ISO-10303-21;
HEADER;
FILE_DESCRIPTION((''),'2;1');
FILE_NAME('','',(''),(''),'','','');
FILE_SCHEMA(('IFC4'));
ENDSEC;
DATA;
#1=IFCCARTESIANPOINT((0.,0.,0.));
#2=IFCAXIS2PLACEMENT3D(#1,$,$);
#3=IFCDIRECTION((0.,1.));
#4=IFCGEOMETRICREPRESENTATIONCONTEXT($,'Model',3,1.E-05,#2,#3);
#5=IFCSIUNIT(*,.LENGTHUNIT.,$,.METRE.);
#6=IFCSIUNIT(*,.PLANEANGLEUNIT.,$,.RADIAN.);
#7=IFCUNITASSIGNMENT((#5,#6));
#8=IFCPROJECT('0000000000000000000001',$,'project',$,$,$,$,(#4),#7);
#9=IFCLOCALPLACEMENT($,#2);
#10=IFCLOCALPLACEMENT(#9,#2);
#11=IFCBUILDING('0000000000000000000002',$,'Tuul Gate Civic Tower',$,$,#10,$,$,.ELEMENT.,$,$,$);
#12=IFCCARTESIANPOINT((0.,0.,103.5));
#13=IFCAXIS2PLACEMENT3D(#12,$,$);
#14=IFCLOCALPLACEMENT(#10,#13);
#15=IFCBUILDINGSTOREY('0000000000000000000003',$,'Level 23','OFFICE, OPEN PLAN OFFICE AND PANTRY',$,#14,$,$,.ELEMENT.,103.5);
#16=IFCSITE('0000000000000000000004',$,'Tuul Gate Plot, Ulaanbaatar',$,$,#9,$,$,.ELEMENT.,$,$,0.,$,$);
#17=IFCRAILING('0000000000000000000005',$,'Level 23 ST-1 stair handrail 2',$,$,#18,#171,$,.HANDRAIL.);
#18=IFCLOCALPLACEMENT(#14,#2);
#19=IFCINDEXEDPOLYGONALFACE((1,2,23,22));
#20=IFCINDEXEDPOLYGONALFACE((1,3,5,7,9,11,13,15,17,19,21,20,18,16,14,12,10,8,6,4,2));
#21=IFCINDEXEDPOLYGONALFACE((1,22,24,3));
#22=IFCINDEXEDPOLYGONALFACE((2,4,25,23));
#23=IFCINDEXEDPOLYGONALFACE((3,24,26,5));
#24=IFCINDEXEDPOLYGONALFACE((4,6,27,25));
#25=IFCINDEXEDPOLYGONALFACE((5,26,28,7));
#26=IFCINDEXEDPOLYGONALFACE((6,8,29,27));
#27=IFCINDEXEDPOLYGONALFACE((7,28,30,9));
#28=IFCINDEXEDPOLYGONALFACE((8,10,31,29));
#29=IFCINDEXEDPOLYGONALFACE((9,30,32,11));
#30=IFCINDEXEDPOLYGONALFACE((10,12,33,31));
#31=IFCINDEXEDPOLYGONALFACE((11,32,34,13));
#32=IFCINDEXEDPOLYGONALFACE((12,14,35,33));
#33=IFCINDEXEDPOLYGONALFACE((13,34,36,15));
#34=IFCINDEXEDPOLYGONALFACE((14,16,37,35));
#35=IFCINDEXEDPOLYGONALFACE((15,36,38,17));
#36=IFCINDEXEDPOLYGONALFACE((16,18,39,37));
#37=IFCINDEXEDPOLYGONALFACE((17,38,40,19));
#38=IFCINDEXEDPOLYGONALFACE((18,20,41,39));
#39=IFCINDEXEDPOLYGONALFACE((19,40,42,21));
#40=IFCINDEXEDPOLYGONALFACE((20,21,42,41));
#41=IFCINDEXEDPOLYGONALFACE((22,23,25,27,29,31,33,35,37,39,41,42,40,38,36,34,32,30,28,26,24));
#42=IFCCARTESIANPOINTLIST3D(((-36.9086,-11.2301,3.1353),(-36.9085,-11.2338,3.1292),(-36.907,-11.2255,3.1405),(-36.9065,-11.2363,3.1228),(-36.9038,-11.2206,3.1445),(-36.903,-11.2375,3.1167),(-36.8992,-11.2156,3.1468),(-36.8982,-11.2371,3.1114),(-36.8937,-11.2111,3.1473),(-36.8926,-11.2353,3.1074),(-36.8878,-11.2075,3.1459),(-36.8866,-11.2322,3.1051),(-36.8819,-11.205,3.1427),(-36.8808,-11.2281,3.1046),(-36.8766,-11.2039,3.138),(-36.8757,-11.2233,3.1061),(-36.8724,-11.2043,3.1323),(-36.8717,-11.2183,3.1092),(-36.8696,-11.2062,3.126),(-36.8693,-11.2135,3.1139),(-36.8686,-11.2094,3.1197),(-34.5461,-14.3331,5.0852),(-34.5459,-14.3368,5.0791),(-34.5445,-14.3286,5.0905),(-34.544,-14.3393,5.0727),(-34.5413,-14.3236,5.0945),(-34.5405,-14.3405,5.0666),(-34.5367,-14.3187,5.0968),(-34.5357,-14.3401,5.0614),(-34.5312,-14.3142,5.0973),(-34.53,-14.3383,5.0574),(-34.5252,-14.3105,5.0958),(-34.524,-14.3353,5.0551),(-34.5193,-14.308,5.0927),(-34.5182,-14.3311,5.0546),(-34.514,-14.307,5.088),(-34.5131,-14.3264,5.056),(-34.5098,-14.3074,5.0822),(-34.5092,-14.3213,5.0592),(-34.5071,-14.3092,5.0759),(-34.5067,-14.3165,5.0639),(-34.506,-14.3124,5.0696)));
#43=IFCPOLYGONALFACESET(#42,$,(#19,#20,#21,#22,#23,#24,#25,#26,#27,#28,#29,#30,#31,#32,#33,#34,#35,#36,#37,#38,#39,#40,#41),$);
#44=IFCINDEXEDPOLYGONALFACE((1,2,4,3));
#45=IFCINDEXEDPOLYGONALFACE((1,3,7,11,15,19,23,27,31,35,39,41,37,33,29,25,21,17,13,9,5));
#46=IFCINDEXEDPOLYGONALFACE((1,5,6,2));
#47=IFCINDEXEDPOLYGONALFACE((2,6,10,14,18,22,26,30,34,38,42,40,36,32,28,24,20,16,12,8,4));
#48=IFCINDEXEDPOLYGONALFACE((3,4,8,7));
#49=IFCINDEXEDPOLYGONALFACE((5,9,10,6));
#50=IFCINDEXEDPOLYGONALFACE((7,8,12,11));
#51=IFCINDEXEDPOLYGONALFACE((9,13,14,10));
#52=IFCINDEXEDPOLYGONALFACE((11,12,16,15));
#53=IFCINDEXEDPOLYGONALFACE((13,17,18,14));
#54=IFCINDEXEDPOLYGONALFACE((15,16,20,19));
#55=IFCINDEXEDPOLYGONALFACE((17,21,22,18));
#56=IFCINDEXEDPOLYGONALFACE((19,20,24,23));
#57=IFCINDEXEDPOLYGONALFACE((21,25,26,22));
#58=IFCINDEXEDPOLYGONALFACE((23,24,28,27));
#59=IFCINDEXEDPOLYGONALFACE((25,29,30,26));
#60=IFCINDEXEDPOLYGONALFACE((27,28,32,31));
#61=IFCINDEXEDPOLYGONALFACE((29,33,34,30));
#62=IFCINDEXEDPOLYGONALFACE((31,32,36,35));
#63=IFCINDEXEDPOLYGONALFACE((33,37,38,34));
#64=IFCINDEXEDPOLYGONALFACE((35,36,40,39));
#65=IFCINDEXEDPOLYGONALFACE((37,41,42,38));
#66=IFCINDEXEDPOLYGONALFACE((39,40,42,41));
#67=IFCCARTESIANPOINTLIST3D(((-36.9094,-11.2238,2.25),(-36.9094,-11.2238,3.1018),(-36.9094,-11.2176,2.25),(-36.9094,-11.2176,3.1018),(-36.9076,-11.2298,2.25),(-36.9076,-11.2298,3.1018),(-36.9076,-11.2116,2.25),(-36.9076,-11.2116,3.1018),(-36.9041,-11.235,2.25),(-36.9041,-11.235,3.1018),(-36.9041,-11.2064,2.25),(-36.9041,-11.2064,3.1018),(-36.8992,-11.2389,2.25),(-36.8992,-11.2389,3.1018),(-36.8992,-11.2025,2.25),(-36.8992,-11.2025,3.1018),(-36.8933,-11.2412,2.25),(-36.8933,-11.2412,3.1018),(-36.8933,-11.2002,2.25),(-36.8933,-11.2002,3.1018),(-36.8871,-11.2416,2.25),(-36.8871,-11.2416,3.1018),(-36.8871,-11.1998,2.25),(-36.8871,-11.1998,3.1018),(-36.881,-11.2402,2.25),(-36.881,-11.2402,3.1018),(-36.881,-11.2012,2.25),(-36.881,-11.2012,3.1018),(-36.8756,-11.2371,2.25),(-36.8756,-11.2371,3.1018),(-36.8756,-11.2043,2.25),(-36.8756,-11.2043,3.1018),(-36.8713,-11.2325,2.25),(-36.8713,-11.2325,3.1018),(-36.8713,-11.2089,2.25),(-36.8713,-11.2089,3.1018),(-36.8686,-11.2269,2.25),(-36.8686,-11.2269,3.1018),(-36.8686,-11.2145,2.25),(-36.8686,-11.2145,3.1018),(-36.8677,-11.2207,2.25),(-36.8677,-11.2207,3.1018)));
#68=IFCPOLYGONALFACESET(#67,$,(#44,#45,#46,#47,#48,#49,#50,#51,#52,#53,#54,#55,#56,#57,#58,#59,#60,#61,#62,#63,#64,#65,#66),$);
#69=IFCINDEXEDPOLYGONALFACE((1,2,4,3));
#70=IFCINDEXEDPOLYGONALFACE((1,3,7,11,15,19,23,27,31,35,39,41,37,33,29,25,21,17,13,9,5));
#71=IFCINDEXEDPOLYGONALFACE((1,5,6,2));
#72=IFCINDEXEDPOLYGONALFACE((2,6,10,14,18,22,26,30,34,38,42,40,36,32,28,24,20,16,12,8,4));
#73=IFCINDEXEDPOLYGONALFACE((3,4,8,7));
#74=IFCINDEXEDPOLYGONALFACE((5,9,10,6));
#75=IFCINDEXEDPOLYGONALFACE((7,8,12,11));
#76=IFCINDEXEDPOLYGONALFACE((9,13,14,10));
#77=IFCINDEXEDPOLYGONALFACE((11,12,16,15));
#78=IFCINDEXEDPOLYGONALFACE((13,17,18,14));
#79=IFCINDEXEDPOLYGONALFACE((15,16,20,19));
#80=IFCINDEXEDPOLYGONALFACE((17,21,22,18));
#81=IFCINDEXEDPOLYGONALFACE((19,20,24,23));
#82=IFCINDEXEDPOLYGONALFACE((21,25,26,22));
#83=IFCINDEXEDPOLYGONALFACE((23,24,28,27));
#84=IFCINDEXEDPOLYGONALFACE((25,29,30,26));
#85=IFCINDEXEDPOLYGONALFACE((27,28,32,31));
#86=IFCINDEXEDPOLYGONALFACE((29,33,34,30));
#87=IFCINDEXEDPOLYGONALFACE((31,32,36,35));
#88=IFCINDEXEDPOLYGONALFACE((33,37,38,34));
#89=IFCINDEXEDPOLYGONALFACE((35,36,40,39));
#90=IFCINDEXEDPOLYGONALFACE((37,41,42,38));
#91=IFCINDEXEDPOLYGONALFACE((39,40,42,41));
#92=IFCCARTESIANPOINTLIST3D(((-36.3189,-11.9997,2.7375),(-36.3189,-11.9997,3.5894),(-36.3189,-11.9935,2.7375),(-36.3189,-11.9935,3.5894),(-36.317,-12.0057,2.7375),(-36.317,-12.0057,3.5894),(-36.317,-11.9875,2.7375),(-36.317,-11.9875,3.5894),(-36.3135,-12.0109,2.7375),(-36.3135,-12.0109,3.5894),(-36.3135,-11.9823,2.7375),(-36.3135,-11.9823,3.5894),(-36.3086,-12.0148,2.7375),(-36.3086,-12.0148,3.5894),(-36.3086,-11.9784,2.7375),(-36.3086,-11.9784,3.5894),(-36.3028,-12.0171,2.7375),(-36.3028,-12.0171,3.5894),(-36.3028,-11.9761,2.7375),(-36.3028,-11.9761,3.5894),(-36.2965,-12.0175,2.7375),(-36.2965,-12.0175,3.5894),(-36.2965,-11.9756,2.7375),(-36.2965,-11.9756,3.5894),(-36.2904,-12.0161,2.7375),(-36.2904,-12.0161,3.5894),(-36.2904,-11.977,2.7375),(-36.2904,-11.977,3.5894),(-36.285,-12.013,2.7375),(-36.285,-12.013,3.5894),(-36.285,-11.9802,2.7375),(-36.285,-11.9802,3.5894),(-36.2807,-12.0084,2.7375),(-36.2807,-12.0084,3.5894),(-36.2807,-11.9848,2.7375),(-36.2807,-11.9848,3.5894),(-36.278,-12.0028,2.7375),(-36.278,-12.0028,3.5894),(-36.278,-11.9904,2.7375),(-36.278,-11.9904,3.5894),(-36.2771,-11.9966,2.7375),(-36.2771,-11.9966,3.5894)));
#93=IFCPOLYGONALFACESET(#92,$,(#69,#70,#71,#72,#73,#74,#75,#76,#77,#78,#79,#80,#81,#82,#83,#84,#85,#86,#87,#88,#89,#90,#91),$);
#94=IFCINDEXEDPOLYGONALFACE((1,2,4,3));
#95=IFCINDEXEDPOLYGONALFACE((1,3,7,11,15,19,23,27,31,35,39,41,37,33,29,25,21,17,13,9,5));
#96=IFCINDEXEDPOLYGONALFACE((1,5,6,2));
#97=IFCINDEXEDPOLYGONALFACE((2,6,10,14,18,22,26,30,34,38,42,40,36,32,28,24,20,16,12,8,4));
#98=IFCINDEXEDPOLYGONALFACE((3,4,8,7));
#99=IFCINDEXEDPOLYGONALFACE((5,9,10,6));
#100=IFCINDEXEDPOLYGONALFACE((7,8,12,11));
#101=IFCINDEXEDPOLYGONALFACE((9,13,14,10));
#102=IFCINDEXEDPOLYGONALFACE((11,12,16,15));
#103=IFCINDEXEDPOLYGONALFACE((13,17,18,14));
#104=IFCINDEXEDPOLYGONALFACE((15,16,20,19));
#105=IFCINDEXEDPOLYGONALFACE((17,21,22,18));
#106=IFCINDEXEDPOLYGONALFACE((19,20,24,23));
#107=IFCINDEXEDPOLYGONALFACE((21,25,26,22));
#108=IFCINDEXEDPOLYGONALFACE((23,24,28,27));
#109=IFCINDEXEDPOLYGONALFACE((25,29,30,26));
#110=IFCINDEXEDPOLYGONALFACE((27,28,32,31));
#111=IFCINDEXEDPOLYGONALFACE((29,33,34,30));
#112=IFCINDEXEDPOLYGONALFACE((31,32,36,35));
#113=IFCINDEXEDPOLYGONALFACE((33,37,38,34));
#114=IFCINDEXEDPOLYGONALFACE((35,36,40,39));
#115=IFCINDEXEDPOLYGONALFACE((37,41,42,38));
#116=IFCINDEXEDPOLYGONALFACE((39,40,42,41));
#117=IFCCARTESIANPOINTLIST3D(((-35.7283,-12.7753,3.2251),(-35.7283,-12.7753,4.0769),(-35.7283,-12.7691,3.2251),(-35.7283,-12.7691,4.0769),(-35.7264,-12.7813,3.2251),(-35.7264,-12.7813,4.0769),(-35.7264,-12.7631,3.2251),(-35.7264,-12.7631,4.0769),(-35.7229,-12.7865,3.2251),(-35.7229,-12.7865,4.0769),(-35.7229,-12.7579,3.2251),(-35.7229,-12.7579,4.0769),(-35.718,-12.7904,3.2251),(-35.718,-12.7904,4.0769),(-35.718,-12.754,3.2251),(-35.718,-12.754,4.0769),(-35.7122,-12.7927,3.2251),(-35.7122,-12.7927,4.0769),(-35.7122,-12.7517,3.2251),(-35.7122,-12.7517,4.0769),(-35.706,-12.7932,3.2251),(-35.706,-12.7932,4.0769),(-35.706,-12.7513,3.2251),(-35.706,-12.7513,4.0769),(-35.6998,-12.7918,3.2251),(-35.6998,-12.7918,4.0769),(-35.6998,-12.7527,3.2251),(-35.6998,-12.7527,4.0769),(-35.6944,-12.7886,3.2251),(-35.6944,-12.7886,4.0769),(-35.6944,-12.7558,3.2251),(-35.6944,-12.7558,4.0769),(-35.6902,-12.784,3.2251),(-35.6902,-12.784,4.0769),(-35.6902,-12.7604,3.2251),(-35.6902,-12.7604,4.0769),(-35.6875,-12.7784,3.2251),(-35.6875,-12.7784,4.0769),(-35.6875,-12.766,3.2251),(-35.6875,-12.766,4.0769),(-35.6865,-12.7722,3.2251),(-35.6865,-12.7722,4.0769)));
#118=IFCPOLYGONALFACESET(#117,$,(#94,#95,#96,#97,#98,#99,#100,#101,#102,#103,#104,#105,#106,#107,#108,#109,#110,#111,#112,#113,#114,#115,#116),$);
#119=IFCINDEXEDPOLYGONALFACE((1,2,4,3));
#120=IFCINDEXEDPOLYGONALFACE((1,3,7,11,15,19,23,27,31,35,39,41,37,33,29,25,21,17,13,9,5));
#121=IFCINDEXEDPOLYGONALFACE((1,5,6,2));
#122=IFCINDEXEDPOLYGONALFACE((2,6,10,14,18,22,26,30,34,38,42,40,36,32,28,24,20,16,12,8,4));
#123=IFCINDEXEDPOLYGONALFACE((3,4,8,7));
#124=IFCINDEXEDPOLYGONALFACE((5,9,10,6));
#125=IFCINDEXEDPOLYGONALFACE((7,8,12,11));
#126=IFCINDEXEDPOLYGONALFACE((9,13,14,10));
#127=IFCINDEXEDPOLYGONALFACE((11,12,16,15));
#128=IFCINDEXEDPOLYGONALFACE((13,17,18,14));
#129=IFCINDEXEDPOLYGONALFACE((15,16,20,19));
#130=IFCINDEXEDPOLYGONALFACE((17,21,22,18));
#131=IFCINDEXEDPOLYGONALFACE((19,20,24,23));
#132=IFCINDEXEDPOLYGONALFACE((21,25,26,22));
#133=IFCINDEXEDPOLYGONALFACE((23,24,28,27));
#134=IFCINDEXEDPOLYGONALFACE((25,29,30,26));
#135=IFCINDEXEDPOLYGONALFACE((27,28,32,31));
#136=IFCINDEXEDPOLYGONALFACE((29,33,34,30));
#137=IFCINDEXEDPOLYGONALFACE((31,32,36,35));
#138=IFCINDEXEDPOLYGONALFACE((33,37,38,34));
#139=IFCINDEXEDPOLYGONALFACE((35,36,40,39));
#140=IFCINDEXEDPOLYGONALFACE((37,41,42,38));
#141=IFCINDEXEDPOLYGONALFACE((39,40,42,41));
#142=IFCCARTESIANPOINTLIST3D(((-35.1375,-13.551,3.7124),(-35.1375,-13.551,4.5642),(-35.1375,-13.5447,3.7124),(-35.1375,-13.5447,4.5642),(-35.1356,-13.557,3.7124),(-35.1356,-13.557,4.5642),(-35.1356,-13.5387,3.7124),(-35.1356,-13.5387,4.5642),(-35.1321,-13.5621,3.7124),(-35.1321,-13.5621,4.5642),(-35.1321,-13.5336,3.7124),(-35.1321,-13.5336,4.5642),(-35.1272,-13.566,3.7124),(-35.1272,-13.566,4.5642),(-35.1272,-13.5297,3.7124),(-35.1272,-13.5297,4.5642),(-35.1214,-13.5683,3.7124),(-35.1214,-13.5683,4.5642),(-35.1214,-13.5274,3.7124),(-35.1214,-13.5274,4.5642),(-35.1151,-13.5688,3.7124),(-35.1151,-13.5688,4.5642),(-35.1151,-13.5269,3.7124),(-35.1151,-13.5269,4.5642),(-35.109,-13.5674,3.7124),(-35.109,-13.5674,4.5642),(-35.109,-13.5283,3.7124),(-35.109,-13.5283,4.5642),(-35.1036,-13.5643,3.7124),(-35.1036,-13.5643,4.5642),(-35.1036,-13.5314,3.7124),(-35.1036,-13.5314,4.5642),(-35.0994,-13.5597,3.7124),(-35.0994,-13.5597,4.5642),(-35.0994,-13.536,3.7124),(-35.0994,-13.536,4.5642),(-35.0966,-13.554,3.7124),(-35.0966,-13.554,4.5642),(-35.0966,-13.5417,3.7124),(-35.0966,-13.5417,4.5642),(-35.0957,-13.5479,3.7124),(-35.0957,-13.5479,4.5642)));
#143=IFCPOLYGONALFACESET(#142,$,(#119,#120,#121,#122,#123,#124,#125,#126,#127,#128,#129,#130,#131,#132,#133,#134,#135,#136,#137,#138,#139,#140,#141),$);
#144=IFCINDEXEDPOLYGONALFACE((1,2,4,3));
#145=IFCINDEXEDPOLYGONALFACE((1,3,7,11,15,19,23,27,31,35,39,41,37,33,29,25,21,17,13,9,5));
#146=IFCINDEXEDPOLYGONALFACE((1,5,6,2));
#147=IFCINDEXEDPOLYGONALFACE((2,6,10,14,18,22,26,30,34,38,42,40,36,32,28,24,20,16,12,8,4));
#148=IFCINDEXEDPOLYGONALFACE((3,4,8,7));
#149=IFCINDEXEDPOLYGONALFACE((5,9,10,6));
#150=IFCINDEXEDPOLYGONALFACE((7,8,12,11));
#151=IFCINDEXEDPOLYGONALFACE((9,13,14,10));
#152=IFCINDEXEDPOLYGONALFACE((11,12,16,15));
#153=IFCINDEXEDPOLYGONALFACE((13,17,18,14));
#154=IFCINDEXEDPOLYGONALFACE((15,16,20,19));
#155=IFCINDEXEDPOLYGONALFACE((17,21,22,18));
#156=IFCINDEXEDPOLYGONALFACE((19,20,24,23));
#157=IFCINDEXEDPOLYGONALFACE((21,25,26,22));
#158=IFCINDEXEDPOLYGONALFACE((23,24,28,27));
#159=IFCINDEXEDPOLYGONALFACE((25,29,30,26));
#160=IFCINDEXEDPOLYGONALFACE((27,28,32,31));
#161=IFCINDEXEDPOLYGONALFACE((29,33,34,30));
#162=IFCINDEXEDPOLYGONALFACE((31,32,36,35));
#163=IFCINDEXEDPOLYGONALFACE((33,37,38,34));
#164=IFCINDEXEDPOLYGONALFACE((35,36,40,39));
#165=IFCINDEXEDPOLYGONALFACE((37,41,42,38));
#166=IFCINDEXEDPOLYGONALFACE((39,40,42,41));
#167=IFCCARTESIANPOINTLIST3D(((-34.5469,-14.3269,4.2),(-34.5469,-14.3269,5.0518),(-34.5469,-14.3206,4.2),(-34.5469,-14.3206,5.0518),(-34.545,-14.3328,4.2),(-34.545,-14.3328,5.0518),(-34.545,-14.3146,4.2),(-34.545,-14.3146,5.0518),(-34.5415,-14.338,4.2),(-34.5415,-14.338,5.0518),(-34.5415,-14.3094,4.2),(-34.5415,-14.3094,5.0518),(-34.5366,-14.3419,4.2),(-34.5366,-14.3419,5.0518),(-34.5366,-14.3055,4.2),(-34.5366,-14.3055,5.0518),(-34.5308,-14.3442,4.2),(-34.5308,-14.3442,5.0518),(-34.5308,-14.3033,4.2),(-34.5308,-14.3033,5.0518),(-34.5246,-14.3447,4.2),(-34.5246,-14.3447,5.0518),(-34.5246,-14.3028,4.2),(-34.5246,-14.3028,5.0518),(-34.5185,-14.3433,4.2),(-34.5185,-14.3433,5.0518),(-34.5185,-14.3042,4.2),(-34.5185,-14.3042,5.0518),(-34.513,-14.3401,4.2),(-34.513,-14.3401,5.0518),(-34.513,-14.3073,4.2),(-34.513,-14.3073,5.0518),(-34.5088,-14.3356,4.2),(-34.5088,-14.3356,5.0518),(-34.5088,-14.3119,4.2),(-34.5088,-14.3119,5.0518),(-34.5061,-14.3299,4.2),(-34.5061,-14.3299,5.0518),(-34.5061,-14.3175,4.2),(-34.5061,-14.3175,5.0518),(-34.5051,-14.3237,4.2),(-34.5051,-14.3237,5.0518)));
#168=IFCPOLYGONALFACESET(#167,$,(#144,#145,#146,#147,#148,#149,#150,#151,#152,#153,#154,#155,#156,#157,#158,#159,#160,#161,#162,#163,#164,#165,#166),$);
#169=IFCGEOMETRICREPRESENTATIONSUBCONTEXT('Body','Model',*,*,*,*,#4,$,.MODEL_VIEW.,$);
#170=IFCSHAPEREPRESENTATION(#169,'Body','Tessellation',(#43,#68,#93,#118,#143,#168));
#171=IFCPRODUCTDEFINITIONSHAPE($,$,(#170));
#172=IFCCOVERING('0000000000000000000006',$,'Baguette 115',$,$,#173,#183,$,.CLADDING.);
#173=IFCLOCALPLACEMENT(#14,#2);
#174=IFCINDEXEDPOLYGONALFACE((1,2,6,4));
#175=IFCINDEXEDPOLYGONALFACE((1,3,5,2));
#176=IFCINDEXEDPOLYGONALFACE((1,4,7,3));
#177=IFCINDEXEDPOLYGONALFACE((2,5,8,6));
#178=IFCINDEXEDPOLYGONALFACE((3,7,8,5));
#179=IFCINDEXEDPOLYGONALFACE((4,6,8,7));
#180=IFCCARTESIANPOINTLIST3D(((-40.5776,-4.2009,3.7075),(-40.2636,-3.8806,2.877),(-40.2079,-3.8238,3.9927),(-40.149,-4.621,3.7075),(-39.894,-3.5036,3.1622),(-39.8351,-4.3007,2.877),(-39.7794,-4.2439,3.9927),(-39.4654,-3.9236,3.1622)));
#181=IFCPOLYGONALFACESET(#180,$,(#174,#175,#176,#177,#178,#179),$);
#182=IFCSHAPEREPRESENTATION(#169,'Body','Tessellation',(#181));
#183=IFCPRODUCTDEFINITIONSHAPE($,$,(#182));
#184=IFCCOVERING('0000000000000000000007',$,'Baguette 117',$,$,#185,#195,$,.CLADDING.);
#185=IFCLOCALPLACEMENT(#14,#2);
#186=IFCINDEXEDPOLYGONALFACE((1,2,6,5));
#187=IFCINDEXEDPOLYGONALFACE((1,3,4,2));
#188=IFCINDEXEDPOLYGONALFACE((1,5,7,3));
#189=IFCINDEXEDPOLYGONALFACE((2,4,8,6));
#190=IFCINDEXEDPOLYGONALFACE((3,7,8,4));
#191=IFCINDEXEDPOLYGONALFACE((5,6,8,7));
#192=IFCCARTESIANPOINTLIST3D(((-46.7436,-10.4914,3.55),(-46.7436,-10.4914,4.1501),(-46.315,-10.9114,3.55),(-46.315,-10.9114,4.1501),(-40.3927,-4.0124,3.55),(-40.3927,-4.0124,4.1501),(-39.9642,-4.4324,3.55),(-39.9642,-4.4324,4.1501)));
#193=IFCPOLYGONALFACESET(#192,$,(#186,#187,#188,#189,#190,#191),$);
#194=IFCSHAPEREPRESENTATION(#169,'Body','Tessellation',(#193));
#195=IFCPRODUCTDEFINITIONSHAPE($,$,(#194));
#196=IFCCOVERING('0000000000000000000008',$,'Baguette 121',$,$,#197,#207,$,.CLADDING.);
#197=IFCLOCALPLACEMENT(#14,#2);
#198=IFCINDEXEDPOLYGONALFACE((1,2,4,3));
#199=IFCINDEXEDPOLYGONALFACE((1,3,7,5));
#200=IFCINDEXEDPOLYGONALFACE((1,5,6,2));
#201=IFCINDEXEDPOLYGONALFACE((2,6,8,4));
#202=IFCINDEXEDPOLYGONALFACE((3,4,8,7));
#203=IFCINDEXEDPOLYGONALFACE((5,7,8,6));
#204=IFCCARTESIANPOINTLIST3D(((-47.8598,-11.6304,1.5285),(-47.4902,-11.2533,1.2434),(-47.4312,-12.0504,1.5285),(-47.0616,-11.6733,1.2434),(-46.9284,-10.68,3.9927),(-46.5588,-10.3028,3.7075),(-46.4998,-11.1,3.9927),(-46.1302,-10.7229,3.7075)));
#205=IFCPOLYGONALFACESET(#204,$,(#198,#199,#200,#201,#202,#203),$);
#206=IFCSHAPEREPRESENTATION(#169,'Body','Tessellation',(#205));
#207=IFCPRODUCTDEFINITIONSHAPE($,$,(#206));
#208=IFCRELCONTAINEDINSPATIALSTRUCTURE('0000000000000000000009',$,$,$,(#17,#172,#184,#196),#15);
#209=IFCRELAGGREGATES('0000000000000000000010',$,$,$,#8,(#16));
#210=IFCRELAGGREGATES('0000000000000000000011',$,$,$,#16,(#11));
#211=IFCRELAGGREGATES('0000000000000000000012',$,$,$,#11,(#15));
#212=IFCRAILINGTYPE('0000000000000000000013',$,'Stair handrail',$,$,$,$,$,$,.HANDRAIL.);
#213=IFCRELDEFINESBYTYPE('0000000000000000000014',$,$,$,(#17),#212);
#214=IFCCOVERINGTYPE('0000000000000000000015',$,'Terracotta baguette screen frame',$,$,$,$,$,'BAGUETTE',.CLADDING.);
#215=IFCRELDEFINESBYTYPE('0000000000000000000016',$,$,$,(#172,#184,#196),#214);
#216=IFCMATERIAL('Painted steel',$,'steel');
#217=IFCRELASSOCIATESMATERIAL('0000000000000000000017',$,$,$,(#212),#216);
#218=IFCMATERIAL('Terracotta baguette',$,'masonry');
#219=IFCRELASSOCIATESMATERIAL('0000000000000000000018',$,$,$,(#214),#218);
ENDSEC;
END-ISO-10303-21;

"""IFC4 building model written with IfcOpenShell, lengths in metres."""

from ifc_helpers import new_model, si_unit, direction, frame, origin, origin_2d, place, context, subcontext, project, spatial, rectangle, circle, extrude, material, material_profile, profile_set, type_object, element, save


model = new_model("IFC4")

# Units and contexts
model_context = context("Model", 3, precision=1e-05, world=origin(), true_north=direction((0.0, 1.0)))
body_context = subcontext(model_context, "Body", "Model", "MODEL_VIEW")
ifc_project = project(units=[si_unit("LENGTHUNIT", "METRE"), si_unit("PLANEANGLEUNIT", "RADIAN")], contexts=[model_context])

# Site, building, storey
site_placement = place(None, origin())
site = spatial("IfcSite", under=ifc_project, at=site_placement, Name="Tuul Gate Plot, Ulaanbaatar", CompositionType="ELEMENT", RefElevation=0.0)
building_placement = place(site_placement, origin())
building = spatial("IfcBuilding", under=site, at=building_placement, Name="Tuul Gate Civic Tower", CompositionType="ELEMENT")
storey_placement = place(building_placement, frame((0.0, 0.0, 103.5)))
storey = spatial("IfcBuildingStorey", under=building, at=storey_placement, Name="Level 23", Description="OFFICE, OPEN PLAN OFFICE AND PANTRY", CompositionType="ELEMENT", Elevation=103.5)

# Railing
ifc_material_1 = material(Name="Painted steel", Category="steel")
railing_type = type_object("IfcRailingType", Name="Stair handrail", PredefinedType="HANDRAIL", material=ifc_material_1)
railing_placement = place(storey_placement, frame((-36.8887, -11.2207, 2.25)))
element("IfcRailing", 1, at=railing_placement, inside=storey, type_object=railing_type, Name="Level 23 ST-1 stair handrail 2", PredefinedType="HANDRAIL", context=body_context, shape_type="SweptSolid", body=[
    extrude(circle(Radius=0.0239, at=origin_2d()), frame((0.0, 0.0, 0.876), z_axis=(0.541824, -0.711645, 0.4472), x_axis=(0.795637, 0.605773, 0.0)), (0.0, 0.0, 1.0), 4.3604),
    extrude(circle(Radius=0.021, at=origin_2d()), origin(), (0.0, 0.0, 1.0), 0.8518),
    extrude(circle(Radius=0.021, at=origin_2d()), frame((0.5906, -0.7759, 0.4875)), (0.0, 0.0, 1.0), 0.8518),
    extrude(circle(Radius=0.021, at=origin_2d()), frame((1.1812, -1.5515, 0.9751)), (0.0, 0.0, 1.0), 0.8518),
    extrude(circle(Radius=0.021, at=origin_2d()), frame((1.772, -2.3271, 1.4624)), (0.0, 0.0, 1.0), 0.8518),
    extrude(circle(Radius=0.021, at=origin_2d()), frame((2.3625, -3.103, 1.95)), (0.0, 0.0, 1.0), 0.8518),
])

# Coverings
ifc_material_2 = material(Name="Terracotta baguette", Category="masonry")
ifc_material_profile_1 = material_profile(ifc_material_2, rectangle(XDim=0.6001, YDim=0.6001, at=origin_2d()), Name="Terracotta baguette screen frame")
ifc_profile_set_1 = profile_set([ifc_material_profile_1], Name="Terracotta baguette")
covering_type = type_object("IfcCoveringType", Name="Terracotta baguette screen frame", ElementType="BAGUETTE", PredefinedType="CLADDING", material=ifc_profile_set_1)
covering_1_placement = place(storey_placement, frame((-40.1785, -4.2224, 3.8501), z_axis=(0.332613, 0.339337, -0.879897), x_axis=(-0.714148, 0.699995, 0.0)))
element("IfcCovering", 2, at=covering_1_placement, inside=storey, type_object=covering_type, Name="Baguette 115", PredefinedType="CLADDING", context=body_context, shape_type="SweptSolid", body=[
    extrude(rectangle(XDim=0.6001, YDim=0.6001, at=origin_2d()), origin(), (0.0, 0.0, 1.0), 0.9438),
])
covering_2_placement = place(storey_placement, frame((-40.1785, -4.2224, 3.8501), z_axis=(-0.700008, -0.714135, 0.0), x_axis=(0.714135, -0.700008, 0.0)))
element("IfcCovering", 3, at=covering_2_placement, inside=storey, type_object=covering_type, Name="Baguette 117", PredefinedType="CLADDING", context=body_context, shape_type="SweptSolid", body=[
    extrude(rectangle(XDim=0.6001, YDim=0.6001, at=origin_2d()), origin(), (0.0, 0.0, 1.0), 9.0725),
])
covering_3_placement = place(storey_placement, frame((-46.5293, -10.7014, 3.8501), z_axis=(-0.332585, -0.339385, -0.879889), x_axis=(0.714226, -0.699915, 0.0)))
element("IfcCovering", 4, at=covering_3_placement, inside=storey, type_object=covering_type, Name="Baguette 121", PredefinedType="CLADDING", context=body_context, shape_type="SweptSolid", body=[
    extrude(rectangle(XDim=0.6001, YDim=0.6001, at=origin_2d()), origin(), (0.0, 0.0, 1.0), 2.8005),
])

save(model, "model.ifc")
